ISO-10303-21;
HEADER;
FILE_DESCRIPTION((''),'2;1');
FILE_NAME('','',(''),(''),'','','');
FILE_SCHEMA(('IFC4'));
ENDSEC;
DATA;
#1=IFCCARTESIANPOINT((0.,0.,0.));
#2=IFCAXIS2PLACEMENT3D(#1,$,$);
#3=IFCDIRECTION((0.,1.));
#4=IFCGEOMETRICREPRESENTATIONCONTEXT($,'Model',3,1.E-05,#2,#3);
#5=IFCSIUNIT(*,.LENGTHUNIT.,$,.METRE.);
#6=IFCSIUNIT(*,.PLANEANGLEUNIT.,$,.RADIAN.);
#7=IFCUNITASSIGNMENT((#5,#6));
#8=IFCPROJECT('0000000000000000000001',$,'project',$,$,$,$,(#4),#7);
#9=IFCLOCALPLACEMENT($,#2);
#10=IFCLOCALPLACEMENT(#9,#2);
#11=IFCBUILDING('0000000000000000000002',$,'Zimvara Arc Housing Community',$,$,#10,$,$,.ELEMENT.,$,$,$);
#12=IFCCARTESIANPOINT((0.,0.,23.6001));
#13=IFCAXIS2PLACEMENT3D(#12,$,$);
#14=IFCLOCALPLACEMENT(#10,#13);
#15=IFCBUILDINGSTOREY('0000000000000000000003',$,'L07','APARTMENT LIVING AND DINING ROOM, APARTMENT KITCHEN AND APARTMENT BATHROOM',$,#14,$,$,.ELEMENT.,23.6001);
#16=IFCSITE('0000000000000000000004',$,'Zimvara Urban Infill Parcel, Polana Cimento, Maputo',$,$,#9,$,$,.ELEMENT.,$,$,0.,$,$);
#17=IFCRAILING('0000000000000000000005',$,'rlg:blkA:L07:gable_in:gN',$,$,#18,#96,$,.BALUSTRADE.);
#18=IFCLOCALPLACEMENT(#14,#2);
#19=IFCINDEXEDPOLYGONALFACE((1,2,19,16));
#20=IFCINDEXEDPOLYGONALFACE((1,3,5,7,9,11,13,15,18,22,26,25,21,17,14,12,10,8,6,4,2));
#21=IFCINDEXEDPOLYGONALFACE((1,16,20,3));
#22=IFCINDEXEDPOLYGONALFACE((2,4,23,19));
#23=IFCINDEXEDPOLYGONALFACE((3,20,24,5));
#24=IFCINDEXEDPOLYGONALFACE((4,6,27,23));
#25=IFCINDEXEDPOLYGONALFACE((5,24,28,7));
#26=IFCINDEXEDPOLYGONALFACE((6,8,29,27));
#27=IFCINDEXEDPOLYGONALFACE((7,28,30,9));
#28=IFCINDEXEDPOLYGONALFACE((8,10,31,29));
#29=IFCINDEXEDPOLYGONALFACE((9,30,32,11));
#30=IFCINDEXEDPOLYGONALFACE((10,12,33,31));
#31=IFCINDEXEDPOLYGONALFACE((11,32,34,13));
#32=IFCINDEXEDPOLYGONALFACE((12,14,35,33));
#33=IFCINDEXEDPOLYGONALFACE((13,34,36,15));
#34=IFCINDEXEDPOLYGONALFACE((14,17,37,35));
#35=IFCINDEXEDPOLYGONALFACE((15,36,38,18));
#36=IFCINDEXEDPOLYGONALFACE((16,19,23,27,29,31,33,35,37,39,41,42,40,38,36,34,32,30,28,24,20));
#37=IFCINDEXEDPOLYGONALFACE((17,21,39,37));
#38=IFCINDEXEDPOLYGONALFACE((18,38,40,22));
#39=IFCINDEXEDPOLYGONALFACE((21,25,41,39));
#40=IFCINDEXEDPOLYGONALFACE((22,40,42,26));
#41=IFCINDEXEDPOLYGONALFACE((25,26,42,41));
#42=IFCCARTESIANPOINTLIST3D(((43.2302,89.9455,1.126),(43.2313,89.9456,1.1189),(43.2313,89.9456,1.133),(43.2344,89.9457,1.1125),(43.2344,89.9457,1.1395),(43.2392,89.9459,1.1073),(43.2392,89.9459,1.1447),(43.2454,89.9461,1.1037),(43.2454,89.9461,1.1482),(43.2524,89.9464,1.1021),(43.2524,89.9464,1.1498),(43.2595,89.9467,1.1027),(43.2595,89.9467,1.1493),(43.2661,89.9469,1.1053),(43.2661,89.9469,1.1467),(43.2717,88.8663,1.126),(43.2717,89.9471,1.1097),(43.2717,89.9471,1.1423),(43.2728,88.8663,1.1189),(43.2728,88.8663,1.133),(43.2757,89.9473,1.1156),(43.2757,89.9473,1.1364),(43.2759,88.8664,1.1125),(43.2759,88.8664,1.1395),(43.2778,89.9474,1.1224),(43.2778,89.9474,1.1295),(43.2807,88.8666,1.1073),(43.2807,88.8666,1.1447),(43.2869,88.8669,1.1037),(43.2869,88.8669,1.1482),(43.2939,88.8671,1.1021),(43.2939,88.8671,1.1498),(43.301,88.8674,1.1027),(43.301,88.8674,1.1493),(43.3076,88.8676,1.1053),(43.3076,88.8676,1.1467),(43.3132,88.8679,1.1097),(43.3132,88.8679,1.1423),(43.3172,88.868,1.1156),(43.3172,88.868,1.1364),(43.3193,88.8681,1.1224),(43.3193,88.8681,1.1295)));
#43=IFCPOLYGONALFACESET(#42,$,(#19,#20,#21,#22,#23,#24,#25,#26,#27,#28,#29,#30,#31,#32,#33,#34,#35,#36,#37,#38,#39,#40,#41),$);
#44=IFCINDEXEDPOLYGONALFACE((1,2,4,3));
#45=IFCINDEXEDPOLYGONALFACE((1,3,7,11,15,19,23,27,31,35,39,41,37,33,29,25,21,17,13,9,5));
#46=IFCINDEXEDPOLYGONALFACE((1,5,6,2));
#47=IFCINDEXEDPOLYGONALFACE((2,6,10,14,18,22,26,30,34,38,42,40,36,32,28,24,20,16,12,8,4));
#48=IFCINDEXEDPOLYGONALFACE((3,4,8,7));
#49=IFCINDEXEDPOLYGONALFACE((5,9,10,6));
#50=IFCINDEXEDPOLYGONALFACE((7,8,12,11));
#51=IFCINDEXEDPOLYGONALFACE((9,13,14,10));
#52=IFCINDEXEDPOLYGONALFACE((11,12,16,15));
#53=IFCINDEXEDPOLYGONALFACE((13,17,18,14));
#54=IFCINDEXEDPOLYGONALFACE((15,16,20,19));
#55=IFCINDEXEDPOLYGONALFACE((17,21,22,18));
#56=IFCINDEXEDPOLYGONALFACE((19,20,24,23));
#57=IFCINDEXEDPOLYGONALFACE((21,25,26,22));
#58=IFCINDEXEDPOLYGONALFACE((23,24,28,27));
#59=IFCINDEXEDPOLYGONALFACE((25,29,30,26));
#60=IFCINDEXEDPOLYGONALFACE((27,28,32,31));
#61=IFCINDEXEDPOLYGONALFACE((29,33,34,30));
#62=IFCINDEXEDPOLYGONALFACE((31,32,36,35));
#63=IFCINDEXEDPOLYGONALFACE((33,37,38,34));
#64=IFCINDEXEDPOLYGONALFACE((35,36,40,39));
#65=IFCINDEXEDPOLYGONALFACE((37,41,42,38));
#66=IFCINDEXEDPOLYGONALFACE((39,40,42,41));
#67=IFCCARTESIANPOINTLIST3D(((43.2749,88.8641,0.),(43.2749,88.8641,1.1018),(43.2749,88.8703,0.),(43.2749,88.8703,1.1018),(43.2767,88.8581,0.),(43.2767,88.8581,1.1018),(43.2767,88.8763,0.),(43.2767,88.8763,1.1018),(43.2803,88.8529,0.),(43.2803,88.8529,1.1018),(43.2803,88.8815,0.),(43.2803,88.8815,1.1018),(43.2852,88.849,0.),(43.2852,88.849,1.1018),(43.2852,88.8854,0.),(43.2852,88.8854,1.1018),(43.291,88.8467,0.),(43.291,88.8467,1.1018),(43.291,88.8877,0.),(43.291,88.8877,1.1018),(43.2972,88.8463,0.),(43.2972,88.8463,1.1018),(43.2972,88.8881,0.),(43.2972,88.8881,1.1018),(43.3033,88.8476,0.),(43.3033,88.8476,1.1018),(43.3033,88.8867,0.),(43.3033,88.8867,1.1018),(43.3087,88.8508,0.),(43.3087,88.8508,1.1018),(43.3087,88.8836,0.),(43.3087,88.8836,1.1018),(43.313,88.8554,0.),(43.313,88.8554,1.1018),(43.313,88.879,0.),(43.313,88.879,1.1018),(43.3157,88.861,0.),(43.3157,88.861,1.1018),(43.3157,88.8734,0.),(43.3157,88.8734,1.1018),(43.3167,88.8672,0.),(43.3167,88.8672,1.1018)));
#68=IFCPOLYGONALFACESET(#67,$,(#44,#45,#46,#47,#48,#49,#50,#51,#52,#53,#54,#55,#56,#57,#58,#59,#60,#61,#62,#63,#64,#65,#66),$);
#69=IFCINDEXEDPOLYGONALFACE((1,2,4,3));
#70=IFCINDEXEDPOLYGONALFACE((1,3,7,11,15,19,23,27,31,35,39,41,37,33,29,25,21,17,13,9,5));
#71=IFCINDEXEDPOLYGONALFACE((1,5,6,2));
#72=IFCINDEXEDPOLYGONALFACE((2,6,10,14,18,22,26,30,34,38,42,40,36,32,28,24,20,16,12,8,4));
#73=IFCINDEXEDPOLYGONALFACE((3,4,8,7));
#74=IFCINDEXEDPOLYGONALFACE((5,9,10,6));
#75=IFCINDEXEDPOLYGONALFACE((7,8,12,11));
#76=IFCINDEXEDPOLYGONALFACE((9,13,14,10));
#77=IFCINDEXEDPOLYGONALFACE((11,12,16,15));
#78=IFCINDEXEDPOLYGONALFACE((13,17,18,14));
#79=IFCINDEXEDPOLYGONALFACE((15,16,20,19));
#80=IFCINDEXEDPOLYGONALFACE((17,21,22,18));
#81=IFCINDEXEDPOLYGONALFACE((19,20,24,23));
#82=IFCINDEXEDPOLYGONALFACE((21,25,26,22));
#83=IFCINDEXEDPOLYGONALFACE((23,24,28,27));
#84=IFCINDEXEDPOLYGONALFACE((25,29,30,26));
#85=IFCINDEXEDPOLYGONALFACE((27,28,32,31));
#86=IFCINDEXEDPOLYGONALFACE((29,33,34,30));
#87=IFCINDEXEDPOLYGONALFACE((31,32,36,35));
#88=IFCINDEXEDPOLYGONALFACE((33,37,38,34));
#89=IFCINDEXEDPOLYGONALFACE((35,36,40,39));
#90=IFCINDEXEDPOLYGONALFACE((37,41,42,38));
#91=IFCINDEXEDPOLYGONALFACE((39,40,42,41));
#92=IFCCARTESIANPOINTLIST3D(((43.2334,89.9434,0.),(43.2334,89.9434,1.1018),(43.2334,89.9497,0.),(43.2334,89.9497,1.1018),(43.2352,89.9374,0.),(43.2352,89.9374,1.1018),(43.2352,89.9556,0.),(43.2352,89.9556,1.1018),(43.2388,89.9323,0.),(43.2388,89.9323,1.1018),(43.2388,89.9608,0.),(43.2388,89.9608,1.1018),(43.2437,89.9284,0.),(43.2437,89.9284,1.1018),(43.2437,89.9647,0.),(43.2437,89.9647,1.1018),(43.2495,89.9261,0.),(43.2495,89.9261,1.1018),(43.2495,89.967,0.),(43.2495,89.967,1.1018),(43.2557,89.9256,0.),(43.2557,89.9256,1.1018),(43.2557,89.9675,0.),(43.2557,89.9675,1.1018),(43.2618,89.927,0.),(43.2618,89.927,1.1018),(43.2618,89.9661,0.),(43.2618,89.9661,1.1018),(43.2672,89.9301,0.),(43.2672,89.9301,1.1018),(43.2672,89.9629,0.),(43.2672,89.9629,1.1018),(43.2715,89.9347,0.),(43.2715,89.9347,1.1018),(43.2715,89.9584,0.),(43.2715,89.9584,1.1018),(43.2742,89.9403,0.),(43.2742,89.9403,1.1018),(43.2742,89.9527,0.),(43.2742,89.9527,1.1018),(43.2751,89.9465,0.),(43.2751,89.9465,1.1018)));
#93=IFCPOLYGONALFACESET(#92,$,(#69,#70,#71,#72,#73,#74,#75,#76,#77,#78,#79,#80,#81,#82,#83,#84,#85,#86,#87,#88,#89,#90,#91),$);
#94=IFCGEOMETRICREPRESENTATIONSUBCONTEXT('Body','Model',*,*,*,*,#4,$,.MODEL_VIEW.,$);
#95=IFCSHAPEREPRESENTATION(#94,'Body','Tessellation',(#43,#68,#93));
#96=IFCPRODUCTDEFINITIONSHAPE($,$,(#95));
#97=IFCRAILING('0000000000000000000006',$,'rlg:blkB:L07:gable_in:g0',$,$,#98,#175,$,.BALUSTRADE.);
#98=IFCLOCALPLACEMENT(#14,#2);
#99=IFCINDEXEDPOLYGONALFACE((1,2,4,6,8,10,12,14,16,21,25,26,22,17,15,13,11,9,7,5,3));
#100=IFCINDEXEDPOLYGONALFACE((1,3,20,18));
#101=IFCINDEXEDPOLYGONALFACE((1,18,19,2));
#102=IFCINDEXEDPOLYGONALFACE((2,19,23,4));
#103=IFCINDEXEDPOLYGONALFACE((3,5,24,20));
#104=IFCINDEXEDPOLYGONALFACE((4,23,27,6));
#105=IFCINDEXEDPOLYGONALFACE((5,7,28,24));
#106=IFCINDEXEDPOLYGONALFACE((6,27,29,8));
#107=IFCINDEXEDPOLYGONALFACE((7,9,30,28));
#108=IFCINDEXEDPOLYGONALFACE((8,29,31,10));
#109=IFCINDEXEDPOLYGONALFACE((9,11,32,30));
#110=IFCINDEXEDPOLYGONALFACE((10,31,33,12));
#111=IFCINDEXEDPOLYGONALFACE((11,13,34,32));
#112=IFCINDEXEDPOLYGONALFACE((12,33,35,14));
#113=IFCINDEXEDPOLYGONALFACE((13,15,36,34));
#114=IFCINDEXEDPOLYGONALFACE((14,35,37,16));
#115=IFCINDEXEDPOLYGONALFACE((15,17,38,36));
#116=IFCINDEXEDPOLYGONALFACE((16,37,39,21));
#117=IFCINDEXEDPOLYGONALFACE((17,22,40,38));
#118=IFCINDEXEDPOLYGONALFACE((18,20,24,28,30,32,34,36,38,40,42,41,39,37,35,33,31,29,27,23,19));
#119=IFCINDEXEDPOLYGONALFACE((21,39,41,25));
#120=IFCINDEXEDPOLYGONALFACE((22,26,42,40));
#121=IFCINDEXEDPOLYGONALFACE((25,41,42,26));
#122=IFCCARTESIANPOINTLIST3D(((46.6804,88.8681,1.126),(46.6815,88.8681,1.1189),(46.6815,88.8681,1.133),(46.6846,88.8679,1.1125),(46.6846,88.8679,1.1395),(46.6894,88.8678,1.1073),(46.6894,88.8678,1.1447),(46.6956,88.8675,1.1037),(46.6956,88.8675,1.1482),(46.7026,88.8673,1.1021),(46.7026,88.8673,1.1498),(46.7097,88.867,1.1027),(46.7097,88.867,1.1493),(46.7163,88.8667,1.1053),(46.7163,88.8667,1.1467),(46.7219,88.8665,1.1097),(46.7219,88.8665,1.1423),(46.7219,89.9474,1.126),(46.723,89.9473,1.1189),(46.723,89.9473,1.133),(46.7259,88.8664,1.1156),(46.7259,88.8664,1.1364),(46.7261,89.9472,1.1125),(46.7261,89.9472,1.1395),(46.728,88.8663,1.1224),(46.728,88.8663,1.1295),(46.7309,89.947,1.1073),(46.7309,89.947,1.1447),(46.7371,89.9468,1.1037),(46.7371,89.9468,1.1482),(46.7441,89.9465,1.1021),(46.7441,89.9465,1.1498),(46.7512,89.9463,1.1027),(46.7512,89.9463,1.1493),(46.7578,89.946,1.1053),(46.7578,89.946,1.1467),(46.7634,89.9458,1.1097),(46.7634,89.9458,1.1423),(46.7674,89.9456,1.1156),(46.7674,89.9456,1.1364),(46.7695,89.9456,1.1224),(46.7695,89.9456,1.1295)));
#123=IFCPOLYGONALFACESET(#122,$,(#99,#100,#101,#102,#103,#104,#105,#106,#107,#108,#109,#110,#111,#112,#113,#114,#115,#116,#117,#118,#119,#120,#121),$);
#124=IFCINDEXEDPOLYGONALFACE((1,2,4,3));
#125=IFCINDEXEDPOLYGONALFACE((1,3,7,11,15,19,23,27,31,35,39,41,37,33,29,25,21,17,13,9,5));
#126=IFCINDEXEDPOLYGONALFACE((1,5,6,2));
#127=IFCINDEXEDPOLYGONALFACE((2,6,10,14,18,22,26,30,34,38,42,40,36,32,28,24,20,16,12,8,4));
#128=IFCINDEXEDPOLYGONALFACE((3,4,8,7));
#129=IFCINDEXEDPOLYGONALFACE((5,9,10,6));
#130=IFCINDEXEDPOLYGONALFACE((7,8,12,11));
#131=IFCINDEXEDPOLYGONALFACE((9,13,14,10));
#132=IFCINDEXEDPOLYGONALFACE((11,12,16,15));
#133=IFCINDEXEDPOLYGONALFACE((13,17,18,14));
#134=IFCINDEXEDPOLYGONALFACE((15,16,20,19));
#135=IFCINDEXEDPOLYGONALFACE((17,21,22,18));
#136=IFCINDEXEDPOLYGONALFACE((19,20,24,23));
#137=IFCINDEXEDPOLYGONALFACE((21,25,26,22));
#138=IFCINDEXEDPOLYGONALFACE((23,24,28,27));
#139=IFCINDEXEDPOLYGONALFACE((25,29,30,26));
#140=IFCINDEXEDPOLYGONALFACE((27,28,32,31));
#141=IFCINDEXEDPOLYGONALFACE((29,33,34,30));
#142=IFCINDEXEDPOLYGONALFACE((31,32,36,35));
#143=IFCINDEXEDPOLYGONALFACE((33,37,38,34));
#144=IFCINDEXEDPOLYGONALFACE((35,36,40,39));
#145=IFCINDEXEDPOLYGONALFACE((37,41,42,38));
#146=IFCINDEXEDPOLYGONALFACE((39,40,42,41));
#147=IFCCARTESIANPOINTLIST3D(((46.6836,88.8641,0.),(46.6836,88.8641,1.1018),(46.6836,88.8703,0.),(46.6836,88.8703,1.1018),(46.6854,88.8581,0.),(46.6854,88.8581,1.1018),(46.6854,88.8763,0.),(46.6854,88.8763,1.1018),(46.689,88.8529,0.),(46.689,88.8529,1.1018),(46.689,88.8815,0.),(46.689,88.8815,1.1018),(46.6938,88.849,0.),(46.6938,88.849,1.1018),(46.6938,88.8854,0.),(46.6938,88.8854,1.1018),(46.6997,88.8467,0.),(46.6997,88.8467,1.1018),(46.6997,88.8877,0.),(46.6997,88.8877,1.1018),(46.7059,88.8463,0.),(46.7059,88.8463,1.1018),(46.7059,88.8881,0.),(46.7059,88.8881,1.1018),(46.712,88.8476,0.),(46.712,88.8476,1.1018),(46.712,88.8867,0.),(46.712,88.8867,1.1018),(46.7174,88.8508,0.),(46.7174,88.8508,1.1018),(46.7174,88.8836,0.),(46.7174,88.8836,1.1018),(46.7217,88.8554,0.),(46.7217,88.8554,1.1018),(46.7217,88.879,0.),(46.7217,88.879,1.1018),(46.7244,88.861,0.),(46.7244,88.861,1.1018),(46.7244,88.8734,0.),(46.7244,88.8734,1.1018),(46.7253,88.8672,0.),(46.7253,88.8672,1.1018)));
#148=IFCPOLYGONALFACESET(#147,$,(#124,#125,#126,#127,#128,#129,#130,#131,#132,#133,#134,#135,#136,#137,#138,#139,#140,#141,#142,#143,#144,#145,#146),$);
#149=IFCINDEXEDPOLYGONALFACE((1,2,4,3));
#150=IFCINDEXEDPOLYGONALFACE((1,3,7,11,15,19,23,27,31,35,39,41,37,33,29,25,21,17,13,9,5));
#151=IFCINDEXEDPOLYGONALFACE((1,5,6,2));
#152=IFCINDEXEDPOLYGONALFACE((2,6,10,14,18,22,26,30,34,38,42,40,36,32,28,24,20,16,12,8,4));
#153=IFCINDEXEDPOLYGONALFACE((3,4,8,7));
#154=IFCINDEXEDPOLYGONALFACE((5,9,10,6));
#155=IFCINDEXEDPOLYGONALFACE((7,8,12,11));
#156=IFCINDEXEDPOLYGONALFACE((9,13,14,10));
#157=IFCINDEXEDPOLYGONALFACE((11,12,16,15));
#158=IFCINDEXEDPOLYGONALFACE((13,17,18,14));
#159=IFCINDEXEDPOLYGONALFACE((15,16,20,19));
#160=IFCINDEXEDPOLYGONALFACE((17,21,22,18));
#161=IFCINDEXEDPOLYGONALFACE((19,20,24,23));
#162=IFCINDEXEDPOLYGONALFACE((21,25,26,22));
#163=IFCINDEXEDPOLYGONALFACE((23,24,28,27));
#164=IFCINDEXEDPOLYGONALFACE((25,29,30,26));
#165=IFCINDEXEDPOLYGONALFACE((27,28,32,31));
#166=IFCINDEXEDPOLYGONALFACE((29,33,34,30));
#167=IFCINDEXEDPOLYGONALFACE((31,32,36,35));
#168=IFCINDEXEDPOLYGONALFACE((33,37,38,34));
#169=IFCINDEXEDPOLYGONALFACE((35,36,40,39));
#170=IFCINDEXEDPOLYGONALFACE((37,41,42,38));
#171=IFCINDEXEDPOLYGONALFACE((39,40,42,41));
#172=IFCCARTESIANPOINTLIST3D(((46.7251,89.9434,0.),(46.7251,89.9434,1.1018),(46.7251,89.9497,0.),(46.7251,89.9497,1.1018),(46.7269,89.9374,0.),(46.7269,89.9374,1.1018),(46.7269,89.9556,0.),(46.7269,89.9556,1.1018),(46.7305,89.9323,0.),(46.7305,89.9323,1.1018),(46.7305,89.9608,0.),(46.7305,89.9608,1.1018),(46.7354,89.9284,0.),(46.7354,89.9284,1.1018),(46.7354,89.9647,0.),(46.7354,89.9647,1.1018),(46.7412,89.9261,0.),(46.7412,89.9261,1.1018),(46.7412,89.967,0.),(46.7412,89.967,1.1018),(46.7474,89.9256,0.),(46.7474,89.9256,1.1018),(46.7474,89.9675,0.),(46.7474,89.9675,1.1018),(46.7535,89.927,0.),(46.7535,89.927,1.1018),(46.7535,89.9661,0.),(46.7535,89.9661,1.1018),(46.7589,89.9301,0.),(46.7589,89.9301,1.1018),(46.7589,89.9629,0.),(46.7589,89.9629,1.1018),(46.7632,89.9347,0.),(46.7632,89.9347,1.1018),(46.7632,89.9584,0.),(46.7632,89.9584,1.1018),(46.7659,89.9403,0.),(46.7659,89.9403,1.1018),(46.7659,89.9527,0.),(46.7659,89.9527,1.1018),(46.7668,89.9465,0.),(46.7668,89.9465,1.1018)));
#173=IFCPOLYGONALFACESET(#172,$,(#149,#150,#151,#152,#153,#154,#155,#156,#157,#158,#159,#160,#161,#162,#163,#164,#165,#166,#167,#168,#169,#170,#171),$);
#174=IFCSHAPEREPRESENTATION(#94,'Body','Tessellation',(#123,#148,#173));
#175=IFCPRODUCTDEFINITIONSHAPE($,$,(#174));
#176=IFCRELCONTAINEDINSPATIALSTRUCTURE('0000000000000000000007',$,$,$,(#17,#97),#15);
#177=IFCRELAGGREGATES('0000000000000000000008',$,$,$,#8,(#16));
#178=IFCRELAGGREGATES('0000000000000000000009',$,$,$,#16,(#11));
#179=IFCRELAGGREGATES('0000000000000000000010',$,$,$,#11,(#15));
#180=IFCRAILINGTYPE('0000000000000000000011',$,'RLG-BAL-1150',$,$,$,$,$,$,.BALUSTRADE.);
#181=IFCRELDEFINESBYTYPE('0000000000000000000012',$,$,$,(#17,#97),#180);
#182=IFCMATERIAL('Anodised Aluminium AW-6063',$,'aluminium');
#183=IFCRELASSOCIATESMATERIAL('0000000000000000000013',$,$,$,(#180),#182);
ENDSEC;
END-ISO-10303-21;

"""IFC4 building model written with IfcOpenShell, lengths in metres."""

from ifc_helpers import new_model, si_unit, direction, frame, origin, origin_2d, place, context, subcontext, project, spatial, circle, extrude, material, type_object, element, save


model = new_model("IFC4")

# Units and contexts
model_context = context("Model", 3, precision=1e-05, world=origin(), true_north=direction((0.0, 1.0)))
body_context = subcontext(model_context, "Body", "Model", "MODEL_VIEW")
ifc_project = project(units=[si_unit("LENGTHUNIT", "METRE"), si_unit("PLANEANGLEUNIT", "RADIAN")], contexts=[model_context])

# Site, building, storey
site_placement = place(None, origin())
site = spatial("IfcSite", under=ifc_project, at=site_placement, Name="Zimvara Urban Infill Parcel, Polana Cimento, Maputo", CompositionType="ELEMENT", RefElevation=0.0)
building_placement = place(site_placement, origin())
building = spatial("IfcBuilding", under=site, at=building_placement, Name="Zimvara Arc Housing Community", CompositionType="ELEMENT")
storey_placement = place(building_placement, frame((0.0, 0.0, 23.6001)))
storey = spatial("IfcBuildingStorey", under=building, at=storey_placement, Name="L07", Description="APARTMENT LIVING AND DINING ROOM, APARTMENT KITCHEN AND APARTMENT BATHROOM", CompositionType="ELEMENT", Elevation=23.6001)

# Railings
ifc_material_1 = material(Name="Anodised Aluminium AW-6063", Category="aluminium")
railing_type = type_object("IfcRailingType", Name="RLG-BAL-1150", PredefinedType="BALUSTRADE", material=ifc_material_1)
railing_1_placement = place(storey_placement, frame((43.2957, 88.8672, 0.0)))
element("IfcRailing", 1, at=railing_1_placement, inside=storey, type_object=railing_type, Name="rlg:blkA:L07:gable_in:gN", PredefinedType="BALUSTRADE", context=body_context, shape_type="SweptSolid", body=[
    extrude(circle(Radius=0.0239, at=origin_2d()), frame((0.0, 0.0, 1.126), z_axis=(-0.038424, 0.999262, 0.0), x_axis=(-0.999262, -0.038424, 0.0)), (0.0, 0.0, 1.0), 1.0801),
    extrude(circle(Radius=0.021, at=origin_2d()), origin(), (0.0, 0.0, 1.0), 1.1018),
    extrude(circle(Radius=0.021, at=origin_2d()), frame((-0.0415, 1.0793, 0.0)), (0.0, 0.0, 1.0), 1.1018),
])
railing_2_placement = place(storey_placement, frame((46.7043, 88.8672, 0.0)))
element("IfcRailing", 2, at=railing_2_placement, inside=storey, type_object=railing_type, Name="rlg:blkB:L07:gable_in:g0", PredefinedType="BALUSTRADE", context=body_context, shape_type="SweptSolid", body=[
    extrude(circle(Radius=0.0239, at=origin_2d()), frame((0.0, 0.0, 1.126), z_axis=(0.038424, 0.999262, 0.0), x_axis=(-0.999262, 0.038424, 0.0)), (0.0, 0.0, 1.0), 1.0801),
    extrude(circle(Radius=0.021, at=origin_2d()), origin(), (0.0, 0.0, 1.0), 1.1018),
    extrude(circle(Radius=0.021, at=origin_2d()), frame((0.0415, 1.0793, 0.0)), (0.0, 0.0, 1.0), 1.1018),
])

save(model, "model.ifc")
